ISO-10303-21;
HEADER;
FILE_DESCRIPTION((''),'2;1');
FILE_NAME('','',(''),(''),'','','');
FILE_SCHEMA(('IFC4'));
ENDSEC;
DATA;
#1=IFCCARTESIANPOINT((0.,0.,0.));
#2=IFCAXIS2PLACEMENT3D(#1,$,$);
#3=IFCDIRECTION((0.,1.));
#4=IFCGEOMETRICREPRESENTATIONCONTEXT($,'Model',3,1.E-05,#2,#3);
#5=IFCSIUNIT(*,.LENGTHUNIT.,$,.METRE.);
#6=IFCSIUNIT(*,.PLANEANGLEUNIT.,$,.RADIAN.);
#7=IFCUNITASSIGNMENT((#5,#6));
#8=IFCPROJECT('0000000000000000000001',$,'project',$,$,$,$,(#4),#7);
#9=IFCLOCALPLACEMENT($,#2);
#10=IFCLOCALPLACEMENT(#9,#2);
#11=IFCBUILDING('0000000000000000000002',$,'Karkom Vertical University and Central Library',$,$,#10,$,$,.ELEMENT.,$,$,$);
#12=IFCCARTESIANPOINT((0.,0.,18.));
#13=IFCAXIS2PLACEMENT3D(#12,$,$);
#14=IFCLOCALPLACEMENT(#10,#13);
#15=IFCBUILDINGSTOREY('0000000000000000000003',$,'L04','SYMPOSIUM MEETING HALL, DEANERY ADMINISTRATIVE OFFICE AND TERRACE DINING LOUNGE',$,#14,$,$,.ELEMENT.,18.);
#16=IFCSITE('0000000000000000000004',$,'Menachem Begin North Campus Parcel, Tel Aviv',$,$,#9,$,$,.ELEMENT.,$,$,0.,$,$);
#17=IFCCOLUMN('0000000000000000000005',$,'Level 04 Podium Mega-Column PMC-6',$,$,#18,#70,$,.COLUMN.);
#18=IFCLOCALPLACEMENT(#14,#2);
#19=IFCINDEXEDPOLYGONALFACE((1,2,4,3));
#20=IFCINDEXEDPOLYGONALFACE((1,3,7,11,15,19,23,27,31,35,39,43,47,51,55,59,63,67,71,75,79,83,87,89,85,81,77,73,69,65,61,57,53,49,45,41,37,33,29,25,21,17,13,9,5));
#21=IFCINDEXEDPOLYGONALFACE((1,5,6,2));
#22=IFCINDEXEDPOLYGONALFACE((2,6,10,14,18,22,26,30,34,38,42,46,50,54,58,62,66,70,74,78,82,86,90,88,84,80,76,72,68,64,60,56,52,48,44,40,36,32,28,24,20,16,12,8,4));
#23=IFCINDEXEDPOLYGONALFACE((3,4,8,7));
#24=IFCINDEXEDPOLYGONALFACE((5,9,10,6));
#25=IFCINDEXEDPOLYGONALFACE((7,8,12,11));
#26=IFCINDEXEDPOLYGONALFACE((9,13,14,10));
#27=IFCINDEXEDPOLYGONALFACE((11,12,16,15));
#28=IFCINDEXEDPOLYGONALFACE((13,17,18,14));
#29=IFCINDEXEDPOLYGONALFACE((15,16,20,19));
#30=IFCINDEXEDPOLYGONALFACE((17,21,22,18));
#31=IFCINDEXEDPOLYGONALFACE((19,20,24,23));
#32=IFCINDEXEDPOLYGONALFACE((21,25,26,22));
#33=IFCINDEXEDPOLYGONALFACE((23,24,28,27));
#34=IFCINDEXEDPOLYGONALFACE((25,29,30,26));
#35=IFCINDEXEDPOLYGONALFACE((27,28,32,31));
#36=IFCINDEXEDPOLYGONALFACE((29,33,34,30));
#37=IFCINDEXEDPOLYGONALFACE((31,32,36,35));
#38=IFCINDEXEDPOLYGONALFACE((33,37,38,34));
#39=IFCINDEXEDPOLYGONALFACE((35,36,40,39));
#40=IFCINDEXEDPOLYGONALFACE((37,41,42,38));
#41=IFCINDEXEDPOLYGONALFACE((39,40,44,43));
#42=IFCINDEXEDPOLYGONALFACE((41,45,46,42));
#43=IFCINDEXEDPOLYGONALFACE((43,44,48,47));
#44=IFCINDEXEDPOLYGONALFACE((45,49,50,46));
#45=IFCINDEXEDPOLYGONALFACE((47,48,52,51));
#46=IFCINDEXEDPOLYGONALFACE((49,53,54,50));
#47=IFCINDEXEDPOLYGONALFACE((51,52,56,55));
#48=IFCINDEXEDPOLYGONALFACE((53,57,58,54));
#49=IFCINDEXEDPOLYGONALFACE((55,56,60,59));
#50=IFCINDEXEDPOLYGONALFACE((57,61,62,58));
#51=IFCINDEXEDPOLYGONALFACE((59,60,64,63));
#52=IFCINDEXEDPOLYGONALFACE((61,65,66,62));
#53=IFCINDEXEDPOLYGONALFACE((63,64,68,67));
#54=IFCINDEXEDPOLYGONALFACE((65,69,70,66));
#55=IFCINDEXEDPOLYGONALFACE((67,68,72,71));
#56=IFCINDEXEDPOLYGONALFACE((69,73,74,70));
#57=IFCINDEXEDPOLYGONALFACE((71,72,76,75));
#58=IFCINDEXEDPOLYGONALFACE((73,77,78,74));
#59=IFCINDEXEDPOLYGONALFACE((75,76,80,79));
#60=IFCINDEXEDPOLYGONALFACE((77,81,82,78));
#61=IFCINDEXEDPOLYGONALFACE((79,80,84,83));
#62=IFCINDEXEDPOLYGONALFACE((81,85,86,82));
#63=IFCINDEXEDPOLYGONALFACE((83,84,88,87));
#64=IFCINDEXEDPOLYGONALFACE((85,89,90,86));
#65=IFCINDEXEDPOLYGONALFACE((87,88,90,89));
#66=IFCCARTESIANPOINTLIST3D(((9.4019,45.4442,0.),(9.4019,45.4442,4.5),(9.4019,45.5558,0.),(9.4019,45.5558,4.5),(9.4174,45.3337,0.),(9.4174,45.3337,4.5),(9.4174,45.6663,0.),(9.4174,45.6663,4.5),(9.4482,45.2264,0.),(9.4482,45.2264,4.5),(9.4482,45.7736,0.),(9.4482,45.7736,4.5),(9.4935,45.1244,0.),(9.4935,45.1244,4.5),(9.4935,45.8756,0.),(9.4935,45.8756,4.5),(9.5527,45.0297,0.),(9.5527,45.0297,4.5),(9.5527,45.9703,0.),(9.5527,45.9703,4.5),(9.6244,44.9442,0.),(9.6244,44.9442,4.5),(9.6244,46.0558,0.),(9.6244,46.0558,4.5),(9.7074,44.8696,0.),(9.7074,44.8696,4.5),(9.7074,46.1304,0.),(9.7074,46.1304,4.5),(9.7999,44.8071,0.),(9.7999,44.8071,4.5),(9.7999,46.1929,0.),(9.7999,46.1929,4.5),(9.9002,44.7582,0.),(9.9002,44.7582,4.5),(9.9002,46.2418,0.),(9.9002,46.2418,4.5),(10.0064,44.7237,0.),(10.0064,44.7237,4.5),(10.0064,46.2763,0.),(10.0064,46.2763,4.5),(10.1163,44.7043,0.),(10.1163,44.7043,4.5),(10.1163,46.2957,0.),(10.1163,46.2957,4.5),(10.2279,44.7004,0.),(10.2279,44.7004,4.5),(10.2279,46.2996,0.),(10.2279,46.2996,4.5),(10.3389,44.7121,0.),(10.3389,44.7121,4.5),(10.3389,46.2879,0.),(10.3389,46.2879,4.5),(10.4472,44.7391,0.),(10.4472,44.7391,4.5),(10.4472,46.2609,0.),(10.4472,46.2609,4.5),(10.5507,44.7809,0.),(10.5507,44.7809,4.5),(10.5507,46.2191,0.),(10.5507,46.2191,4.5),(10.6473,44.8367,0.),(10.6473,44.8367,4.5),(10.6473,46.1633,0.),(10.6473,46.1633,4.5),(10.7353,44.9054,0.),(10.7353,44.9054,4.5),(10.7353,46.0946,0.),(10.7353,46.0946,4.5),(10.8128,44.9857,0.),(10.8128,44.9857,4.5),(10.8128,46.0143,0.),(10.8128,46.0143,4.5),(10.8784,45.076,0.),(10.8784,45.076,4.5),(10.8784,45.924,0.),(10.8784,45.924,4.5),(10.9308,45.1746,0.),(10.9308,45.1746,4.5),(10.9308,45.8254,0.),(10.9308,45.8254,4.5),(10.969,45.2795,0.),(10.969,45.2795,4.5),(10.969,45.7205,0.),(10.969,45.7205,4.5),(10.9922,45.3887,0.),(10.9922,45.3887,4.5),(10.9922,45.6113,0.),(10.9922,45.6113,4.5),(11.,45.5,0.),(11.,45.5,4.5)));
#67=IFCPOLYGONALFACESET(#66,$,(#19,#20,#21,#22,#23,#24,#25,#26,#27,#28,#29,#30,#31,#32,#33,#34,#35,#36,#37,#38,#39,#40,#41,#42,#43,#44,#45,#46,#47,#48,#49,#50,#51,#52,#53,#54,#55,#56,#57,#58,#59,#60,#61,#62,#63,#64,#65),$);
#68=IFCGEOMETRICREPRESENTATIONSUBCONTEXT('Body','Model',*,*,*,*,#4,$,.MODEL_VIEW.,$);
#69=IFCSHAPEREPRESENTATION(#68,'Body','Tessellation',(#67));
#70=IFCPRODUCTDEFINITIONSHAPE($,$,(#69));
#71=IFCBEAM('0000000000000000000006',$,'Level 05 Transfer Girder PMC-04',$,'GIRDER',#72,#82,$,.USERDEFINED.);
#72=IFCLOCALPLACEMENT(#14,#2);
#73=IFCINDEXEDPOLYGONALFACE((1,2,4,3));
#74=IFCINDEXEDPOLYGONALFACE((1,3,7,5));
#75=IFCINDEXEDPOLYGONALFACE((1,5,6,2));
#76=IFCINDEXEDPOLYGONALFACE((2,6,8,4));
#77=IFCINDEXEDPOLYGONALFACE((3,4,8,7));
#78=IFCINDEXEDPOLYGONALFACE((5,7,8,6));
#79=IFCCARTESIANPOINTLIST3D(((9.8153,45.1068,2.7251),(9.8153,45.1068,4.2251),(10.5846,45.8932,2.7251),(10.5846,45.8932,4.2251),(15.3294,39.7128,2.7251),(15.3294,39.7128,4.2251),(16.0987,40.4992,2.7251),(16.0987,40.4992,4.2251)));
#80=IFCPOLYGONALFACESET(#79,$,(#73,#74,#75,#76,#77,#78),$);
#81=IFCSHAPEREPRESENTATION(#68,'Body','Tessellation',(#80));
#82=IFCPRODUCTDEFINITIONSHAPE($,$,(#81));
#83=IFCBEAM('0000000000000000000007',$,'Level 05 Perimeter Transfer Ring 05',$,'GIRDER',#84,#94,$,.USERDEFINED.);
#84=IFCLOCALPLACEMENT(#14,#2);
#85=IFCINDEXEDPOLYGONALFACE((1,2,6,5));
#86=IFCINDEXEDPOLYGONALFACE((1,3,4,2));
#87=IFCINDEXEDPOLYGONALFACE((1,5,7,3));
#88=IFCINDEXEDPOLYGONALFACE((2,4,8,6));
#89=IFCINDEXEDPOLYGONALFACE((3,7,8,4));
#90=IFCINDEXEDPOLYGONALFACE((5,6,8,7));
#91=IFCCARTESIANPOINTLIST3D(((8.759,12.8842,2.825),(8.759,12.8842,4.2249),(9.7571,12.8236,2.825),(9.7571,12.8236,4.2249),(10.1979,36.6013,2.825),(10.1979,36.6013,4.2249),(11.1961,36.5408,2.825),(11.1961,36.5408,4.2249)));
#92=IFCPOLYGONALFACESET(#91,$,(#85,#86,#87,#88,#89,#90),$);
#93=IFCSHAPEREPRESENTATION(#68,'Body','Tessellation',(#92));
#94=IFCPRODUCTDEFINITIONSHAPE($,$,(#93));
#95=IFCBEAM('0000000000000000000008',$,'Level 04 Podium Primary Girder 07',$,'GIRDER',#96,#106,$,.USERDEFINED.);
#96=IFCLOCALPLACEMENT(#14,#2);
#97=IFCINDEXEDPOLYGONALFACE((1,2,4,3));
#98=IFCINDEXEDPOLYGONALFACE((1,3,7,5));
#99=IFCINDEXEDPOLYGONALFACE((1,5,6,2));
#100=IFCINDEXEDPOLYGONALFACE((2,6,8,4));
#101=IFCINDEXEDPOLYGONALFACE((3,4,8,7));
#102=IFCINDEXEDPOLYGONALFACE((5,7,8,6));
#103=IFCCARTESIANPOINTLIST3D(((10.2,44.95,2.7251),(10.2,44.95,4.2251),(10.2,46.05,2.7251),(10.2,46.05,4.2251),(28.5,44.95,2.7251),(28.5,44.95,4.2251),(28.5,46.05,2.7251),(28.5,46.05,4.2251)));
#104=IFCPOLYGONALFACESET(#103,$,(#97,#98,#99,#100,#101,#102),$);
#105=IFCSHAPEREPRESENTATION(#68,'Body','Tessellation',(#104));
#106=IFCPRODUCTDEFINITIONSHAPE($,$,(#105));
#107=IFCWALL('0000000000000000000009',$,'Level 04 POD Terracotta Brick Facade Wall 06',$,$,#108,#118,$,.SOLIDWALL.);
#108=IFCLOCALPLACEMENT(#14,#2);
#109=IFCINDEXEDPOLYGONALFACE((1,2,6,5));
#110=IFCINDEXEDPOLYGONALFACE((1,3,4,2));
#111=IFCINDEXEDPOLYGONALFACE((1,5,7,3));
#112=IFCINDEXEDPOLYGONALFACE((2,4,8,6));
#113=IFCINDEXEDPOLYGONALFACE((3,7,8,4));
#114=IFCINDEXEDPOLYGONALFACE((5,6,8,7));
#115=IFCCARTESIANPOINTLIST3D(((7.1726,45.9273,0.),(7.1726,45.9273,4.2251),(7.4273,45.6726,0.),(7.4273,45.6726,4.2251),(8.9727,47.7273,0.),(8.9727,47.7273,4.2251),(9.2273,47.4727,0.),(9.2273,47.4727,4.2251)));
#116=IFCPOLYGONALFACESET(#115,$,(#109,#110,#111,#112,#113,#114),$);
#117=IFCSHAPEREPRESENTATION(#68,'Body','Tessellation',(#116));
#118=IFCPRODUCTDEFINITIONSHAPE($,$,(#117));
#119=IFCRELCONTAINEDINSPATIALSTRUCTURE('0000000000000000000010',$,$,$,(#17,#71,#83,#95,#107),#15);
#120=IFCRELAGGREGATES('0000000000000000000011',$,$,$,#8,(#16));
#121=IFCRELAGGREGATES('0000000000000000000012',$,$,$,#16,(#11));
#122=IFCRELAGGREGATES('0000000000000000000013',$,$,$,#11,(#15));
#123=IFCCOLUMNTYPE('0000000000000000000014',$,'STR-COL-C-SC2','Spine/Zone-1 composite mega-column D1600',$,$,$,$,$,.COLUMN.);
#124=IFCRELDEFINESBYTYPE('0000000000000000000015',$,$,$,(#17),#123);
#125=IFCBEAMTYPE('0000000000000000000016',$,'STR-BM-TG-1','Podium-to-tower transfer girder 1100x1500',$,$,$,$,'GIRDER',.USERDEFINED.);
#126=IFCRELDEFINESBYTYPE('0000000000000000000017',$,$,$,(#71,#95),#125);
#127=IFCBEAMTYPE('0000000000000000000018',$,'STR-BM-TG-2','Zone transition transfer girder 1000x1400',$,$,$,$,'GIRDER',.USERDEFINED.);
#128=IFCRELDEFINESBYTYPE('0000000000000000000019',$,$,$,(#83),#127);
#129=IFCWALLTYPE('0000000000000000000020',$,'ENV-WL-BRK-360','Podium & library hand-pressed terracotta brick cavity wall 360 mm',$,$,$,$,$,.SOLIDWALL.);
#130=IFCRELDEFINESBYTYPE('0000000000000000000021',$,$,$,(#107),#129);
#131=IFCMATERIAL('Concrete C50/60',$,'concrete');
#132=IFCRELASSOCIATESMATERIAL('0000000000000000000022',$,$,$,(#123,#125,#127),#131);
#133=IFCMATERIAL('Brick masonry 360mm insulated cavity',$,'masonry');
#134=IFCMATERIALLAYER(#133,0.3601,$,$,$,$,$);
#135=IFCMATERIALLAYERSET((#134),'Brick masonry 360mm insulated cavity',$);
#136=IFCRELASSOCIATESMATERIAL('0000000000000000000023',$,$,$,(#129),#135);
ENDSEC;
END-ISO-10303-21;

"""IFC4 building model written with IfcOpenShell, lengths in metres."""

from ifc_helpers import new_model, si_unit, direction, frame, frame_2d, origin, origin_with_axes, origin_2d, place, context, subcontext, project, spatial, rectangle, circle, extrude, source, transform, mapped, material, layer, layer_set, material_profile, profile_set, type_object, element, save


model = new_model("IFC4")

# Units and contexts
model_context = context("Model", 3, precision=1e-05, world=origin(), true_north=direction((0.0, 1.0)))
body_context = subcontext(model_context, "Body", "Model", "MODEL_VIEW")
ifc_project = project(units=[si_unit("LENGTHUNIT", "METRE"), si_unit("PLANEANGLEUNIT", "RADIAN")], contexts=[model_context])

# Site, building, storey
site_placement = place(None, origin())
site = spatial("IfcSite", under=ifc_project, at=site_placement, Name="Menachem Begin North Campus Parcel, Tel Aviv", CompositionType="ELEMENT", RefElevation=0.0)
building_placement = place(site_placement, origin())
building = spatial("IfcBuilding", under=site, at=building_placement, Name="Karkom Vertical University and Central Library", CompositionType="ELEMENT")
storey_placement = place(building_placement, frame((0.0, 0.0, 18.0)))
storey = spatial("IfcBuildingStorey", under=building, at=storey_placement, Name="L04", Description="SYMPOSIUM MEETING HALL, DEANERY ADMINISTRATIVE OFFICE AND TERRACE DINING LOUNGE", CompositionType="ELEMENT", Elevation=18.0)

# Column
ifc_material_1 = material(Name="Concrete C50/60", Category="concrete")
ifc_material_profile_1 = material_profile(ifc_material_1, circle(Radius=0.8, at=origin_2d()), Name="CFT-D1600")
ifc_profile_set_1 = profile_set([ifc_material_profile_1], Name="Concrete C50/60")
column_type = type_object("IfcColumnType", Name="STR-COL-C-SC2", Description="Spine/Zone-1 composite mega-column D1600", PredefinedType="COLUMN", material=ifc_profile_set_1)
shared_shape_1 = source(origin_with_axes(), body_context, "Body", "SweptSolid", [
    extrude(circle(Radius=0.8, at=origin_2d()), origin(), (0.0, 0.0, 1.0), 4.5),
])
column_placement = place(storey_placement, frame((10.2, 45.5, 0.0), z_axis=(0.0, 0.0, 1.0), x_axis=(1.0, 0.0, 0.0)))
element("IfcColumn", 1, at=column_placement, inside=storey, type_object=column_type, Name="Level 04 Podium Mega-Column PMC-6", PredefinedType="COLUMN", context=body_context, shape_type="MappedRepresentation", body=[
    mapped(shared_shape_1, transform((0.0, 0.0, 0.0), scale=1.0)),
])

# Beams
ifc_material_profile_2 = material_profile(ifc_material_1, rectangle(XDim=1.1001, YDim=1.5, at=origin_2d()), Name="TG-1100x1500")
ifc_profile_set_2 = profile_set([ifc_material_profile_2], Name="Concrete C50/60")
beam_type_1 = type_object("IfcBeamType", Name="STR-BM-TG-1", Description="Podium-to-tower transfer girder 1100x1500", ElementType="GIRDER", PredefinedType="USERDEFINED", material=ifc_profile_set_2)
shared_shape_2 = source(origin_with_axes(), body_context, "Body", "SweptSolid", [
    extrude(rectangle(XDim=1.1001, YDim=1.5, at=origin_2d()), origin(), (0.0, 0.0, 1.0), 7.7136),
])
beam_1_placement = place(storey_placement, frame((10.2, 45.5, 3.4751), z_axis=(0.71485, -0.699278, 0.0), x_axis=(0.699278, 0.71485, 0.0)))
element("IfcBeam", 2, at=beam_1_placement, inside=storey, type_object=beam_type_1, Name="Level 05 Transfer Girder PMC-04", ObjectType="GIRDER", PredefinedType="USERDEFINED", context=body_context, shape_type="MappedRepresentation", body=[
    mapped(shared_shape_2, transform((0.0, 0.0, 0.0), scale=1.0)),
])
ifc_material_profile_3 = material_profile(ifc_material_1, rectangle(XDim=1.0, YDim=1.3999, at=origin_2d()), Name="TG-1000x1400")
ifc_profile_set_3 = profile_set([ifc_material_profile_3], Name="Concrete C50/60")
beam_type_2 = type_object("IfcBeamType", Name="STR-BM-TG-2", Description="Zone transition transfer girder 1000x1400", ElementType="GIRDER", PredefinedType="USERDEFINED", material=ifc_profile_set_3)
shared_shape_3 = source(origin_with_axes(), body_context, "Body", "SweptSolid", [
    extrude(rectangle(XDim=1.0, YDim=1.3999, at=origin_2d()), origin(), (0.0, 0.0, 1.0), 23.7607),
])
beam_2_placement = place(storey_placement, frame((10.697, 36.571, 3.5249), z_axis=(-0.060561, -0.998165, 0.0), x_axis=(0.998165, -0.060561, 0.0)))
element("IfcBeam", 3, at=beam_2_placement, inside=storey, type_object=beam_type_2, Name="Level 05 Perimeter Transfer Ring 05", ObjectType="GIRDER", PredefinedType="USERDEFINED", context=body_context, shape_type="MappedRepresentation", body=[
    mapped(shared_shape_3, transform((0.0, 0.0, 0.0), scale=1.0)),
])
shared_shape_4 = source(origin_with_axes(), body_context, "Body", "SweptSolid", [
    extrude(rectangle(XDim=1.1001, YDim=1.5, at=origin_2d()), origin(), (0.0, 0.0, 1.0), 18.3),
])
beam_3_placement = place(storey_placement, frame((10.2, 45.5, 3.4751), z_axis=(1.0, 0.0, 0.0), x_axis=(0.0, 1.0, 0.0)))
element("IfcBeam", 4, at=beam_3_placement, inside=storey, type_object=beam_type_1, Name="Level 04 Podium Primary Girder 07", ObjectType="GIRDER", PredefinedType="USERDEFINED", context=body_context, shape_type="MappedRepresentation", body=[
    mapped(shared_shape_4, transform((0.0, 0.0, 0.0), scale=1.0)),
])

# Wall
ifc_material_2 = material(Name="Brick masonry 360mm insulated cavity", Category="masonry")
ifc_layer_1 = layer(ifc_material_2, 0.3601)
ifc_layer_set_1 = layer_set([ifc_layer_1], Name="Brick masonry 360mm insulated cavity")
wall_type_1 = type_object("IfcWallType", Name="ENV-WL-BRK-360", Description="Podium & library hand-pressed terracotta brick cavity wall 360 mm", PredefinedType="SOLIDWALL", material=ifc_layer_set_1)
wall_1_placement = place(storey_placement, frame((9.1001, 47.6001, 0.0), z_axis=(0.0, 0.0, 1.0), x_axis=(-0.707107, -0.707107, 0.0)))
element("IfcWall", 5, at=wall_1_placement, inside=storey, type_object=wall_type_1, Name="Level 04 POD Terracotta Brick Facade Wall 06", PredefinedType="SOLIDWALL", context=body_context, shape_type="SweptSolid", body=[
    extrude(rectangle(XDim=2.5457, YDim=0.3601, at=frame_2d((1.2729, 0.0))), origin(), (0.0, 0.0, 1.0), 4.2251),
])

save(model, "model.ifc")
